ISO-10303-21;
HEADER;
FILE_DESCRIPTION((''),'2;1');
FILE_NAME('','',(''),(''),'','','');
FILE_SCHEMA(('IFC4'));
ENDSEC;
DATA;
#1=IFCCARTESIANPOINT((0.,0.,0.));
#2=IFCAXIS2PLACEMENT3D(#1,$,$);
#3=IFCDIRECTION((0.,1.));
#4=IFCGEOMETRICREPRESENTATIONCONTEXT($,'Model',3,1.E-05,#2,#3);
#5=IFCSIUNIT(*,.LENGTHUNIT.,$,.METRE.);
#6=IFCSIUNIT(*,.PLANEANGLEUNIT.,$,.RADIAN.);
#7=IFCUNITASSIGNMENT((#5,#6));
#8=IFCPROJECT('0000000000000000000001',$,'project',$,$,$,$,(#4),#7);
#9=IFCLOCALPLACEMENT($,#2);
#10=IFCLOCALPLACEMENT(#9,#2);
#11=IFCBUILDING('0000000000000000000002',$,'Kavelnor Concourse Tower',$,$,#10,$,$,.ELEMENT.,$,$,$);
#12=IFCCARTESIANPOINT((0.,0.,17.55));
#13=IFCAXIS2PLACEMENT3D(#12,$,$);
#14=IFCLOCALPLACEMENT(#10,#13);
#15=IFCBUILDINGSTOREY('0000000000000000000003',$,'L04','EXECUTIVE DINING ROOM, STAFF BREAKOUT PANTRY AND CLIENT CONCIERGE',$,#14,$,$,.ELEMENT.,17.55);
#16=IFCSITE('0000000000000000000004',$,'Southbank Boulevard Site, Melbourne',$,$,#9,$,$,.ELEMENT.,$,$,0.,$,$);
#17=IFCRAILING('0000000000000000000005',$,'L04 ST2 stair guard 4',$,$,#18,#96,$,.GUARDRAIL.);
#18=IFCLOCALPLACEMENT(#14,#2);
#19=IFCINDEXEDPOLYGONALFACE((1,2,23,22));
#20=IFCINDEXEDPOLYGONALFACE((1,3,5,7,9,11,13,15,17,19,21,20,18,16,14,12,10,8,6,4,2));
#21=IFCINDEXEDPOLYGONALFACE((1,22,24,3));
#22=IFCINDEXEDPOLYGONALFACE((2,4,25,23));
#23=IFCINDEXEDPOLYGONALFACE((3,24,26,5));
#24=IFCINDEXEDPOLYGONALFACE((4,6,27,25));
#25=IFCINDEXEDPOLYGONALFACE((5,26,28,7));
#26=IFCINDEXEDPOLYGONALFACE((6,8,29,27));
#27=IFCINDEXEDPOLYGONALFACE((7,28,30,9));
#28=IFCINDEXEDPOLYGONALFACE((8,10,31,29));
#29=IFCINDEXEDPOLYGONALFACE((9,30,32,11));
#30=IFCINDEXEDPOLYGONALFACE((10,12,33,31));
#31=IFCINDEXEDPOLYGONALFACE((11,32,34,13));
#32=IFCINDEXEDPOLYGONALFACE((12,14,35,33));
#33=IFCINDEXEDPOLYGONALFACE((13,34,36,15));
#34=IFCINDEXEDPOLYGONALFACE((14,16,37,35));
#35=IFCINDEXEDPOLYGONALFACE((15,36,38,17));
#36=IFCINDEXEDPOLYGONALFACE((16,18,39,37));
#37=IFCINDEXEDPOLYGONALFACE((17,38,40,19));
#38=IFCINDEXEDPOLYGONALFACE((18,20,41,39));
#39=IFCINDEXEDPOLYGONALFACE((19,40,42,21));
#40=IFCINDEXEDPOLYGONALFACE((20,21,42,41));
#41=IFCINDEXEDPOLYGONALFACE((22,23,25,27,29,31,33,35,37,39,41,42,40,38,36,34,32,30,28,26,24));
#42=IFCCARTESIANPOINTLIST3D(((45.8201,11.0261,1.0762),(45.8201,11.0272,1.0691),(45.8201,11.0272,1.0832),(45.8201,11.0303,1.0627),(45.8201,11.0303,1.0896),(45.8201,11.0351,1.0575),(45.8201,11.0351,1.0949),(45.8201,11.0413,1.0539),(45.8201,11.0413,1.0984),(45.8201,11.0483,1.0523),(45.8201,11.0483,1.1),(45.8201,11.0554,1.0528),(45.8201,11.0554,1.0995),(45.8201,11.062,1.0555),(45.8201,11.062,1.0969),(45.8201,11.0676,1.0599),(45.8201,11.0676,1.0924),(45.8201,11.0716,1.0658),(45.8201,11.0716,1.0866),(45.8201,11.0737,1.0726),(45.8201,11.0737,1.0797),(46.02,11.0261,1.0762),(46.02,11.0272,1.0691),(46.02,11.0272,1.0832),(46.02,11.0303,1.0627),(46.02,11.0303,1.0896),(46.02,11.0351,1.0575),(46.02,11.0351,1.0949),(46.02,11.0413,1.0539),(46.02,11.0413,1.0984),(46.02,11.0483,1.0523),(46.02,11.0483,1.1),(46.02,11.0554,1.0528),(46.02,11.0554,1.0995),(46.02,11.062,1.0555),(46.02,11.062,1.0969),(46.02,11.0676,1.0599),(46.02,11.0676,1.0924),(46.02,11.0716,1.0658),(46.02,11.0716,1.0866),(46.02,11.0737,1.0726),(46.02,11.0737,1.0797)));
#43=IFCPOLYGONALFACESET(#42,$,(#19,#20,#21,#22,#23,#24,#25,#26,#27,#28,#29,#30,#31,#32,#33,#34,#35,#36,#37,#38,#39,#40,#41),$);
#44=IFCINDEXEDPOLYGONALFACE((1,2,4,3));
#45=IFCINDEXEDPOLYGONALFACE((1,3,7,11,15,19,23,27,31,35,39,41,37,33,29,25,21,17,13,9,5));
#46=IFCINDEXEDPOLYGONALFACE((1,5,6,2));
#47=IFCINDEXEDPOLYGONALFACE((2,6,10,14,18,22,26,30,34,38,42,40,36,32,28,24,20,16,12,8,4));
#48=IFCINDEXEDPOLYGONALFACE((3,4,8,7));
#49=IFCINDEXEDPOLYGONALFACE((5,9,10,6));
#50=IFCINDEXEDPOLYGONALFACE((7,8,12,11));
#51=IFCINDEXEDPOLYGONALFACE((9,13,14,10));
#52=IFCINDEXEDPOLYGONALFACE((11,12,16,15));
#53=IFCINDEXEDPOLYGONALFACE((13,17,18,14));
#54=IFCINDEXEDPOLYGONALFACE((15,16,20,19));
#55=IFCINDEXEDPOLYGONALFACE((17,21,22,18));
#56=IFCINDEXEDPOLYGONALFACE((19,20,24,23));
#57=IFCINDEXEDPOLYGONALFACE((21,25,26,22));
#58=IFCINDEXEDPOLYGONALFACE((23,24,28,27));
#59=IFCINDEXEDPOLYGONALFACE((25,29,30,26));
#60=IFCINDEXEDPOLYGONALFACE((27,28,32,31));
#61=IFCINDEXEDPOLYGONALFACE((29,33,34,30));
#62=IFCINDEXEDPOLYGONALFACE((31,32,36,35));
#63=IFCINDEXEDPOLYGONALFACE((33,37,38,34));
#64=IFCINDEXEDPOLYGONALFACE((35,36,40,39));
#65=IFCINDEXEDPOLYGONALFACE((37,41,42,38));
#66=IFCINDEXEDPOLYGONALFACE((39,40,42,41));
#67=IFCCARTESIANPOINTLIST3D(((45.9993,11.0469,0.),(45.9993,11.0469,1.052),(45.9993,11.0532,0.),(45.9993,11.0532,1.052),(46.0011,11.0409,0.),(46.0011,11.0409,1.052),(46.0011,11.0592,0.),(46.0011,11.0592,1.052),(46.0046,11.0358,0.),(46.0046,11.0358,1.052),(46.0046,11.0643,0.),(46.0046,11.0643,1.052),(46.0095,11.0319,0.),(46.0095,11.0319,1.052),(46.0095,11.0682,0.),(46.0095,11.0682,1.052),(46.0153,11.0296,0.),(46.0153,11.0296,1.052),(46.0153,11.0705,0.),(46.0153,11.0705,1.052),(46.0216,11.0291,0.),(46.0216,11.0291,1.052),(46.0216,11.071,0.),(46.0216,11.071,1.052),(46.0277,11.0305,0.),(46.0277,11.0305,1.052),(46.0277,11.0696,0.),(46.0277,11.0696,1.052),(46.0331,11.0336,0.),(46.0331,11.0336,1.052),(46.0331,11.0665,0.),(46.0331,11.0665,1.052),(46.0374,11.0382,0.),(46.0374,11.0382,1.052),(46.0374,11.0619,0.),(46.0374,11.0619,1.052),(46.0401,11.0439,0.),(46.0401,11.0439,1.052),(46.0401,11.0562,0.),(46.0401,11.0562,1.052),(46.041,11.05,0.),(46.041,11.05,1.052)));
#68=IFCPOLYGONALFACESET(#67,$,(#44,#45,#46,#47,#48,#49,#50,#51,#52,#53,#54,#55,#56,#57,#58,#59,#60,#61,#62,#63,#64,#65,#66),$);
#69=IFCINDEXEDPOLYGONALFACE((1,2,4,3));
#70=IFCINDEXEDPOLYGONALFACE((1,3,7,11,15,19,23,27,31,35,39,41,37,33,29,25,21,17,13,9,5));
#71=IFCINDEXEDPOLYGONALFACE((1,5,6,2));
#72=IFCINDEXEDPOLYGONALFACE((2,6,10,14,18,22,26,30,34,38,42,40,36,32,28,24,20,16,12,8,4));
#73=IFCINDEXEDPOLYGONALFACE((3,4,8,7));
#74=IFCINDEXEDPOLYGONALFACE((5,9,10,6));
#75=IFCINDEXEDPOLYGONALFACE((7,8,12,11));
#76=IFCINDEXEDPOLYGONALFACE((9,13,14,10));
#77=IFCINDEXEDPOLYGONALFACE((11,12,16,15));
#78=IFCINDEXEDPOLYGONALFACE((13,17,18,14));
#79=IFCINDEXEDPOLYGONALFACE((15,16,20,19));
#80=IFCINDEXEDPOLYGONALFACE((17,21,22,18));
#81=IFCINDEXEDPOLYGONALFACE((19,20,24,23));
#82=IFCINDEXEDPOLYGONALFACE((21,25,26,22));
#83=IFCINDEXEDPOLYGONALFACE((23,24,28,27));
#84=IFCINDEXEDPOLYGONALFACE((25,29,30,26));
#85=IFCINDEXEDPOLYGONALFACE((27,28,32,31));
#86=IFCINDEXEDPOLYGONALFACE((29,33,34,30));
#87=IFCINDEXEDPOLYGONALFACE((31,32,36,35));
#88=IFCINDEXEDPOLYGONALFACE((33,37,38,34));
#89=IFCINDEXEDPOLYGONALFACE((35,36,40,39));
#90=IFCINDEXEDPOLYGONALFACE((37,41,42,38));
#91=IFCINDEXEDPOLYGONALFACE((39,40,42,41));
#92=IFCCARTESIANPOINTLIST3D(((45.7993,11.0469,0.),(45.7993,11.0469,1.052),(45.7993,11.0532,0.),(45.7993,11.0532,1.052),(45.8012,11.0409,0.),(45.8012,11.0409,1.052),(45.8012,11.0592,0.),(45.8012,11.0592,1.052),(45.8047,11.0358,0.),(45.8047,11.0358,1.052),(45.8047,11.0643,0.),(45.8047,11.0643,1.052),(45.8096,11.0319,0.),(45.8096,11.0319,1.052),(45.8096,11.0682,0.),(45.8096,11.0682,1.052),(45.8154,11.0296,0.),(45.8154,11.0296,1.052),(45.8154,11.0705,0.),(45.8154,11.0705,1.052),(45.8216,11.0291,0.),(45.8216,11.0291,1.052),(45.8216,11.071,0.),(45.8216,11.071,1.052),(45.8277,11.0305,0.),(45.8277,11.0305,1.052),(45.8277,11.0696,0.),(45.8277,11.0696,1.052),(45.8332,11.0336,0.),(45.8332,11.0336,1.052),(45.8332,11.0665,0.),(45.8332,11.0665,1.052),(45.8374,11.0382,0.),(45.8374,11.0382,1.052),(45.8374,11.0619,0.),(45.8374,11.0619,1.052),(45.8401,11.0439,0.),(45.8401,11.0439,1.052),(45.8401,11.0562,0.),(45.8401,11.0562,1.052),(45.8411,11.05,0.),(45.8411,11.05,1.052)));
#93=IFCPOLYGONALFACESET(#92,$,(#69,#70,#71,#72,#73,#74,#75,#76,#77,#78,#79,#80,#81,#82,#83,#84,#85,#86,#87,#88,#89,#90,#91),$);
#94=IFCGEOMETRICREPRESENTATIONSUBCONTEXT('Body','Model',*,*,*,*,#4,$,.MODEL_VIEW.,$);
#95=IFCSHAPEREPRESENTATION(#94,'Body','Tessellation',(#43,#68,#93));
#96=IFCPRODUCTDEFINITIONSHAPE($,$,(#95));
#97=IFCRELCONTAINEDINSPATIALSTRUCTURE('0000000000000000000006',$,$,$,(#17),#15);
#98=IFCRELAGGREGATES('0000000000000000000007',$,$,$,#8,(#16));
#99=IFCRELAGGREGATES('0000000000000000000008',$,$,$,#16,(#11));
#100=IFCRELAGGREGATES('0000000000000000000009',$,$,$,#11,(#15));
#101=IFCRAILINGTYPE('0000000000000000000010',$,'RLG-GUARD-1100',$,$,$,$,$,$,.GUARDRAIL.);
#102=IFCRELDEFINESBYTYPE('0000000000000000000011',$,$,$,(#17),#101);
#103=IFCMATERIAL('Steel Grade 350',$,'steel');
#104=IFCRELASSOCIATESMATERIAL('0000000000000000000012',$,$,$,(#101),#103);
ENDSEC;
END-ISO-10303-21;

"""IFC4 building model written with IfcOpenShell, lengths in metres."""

from ifc_helpers import new_model, si_unit, direction, frame, origin, origin_2d, place, context, subcontext, project, spatial, circle, extrude, material, type_object, element, save


model = new_model("IFC4")

# Units and contexts
model_context = context("Model", 3, precision=1e-05, world=origin(), true_north=direction((0.0, 1.0)))
body_context = subcontext(model_context, "Body", "Model", "MODEL_VIEW")
ifc_project = project(units=[si_unit("LENGTHUNIT", "METRE"), si_unit("PLANEANGLEUNIT", "RADIAN")], contexts=[model_context])

# Site, building, storey
site_placement = place(None, origin())
site = spatial("IfcSite", under=ifc_project, at=site_placement, Name="Southbank Boulevard Site, Melbourne", CompositionType="ELEMENT", RefElevation=0.0)
building_placement = place(site_placement, origin())
building = spatial("IfcBuilding", under=site, at=building_placement, Name="Kavelnor Concourse Tower", CompositionType="ELEMENT")
storey_placement = place(building_placement, frame((0.0, 0.0, 17.55)))
storey = spatial("IfcBuildingStorey", under=building, at=storey_placement, Name="L04", Description="EXECUTIVE DINING ROOM, STAFF BREAKOUT PANTRY AND CLIENT CONCIERGE", CompositionType="ELEMENT", Elevation=17.55)

# Shared definitions
ifc_material_1 = material(Name="Steel Grade 350", Category="steel")

# Railing
railing_type_1 = type_object("IfcRailingType", Name="RLG-GUARD-1100", PredefinedType="GUARDRAIL", material=ifc_material_1)
railing_1_placement = place(storey_placement, frame((46.02, 11.05, 0.0)))
element("IfcRailing", 1, at=railing_1_placement, inside=storey, type_object=railing_type_1, Name="L04 ST2 stair guard 4", PredefinedType="GUARDRAIL", context=body_context, shape_type="SweptSolid", body=[
    extrude(circle(Radius=0.0239, at=origin_2d()), frame((0.0, 0.0, 1.0762), z_axis=(-1.0, 0.0, 0.0), x_axis=(0.0, -1.0, 0.0)), (0.0, 0.0, 1.0), 0.2),
    extrude(circle(Radius=0.021, at=origin_2d()), origin(), (0.0, 0.0, 1.0), 1.052),
    extrude(circle(Radius=0.021, at=origin_2d()), frame((-0.2, 0.0, 0.0)), (0.0, 0.0, 1.0), 1.052),
])

save(model, "model.ifc")
